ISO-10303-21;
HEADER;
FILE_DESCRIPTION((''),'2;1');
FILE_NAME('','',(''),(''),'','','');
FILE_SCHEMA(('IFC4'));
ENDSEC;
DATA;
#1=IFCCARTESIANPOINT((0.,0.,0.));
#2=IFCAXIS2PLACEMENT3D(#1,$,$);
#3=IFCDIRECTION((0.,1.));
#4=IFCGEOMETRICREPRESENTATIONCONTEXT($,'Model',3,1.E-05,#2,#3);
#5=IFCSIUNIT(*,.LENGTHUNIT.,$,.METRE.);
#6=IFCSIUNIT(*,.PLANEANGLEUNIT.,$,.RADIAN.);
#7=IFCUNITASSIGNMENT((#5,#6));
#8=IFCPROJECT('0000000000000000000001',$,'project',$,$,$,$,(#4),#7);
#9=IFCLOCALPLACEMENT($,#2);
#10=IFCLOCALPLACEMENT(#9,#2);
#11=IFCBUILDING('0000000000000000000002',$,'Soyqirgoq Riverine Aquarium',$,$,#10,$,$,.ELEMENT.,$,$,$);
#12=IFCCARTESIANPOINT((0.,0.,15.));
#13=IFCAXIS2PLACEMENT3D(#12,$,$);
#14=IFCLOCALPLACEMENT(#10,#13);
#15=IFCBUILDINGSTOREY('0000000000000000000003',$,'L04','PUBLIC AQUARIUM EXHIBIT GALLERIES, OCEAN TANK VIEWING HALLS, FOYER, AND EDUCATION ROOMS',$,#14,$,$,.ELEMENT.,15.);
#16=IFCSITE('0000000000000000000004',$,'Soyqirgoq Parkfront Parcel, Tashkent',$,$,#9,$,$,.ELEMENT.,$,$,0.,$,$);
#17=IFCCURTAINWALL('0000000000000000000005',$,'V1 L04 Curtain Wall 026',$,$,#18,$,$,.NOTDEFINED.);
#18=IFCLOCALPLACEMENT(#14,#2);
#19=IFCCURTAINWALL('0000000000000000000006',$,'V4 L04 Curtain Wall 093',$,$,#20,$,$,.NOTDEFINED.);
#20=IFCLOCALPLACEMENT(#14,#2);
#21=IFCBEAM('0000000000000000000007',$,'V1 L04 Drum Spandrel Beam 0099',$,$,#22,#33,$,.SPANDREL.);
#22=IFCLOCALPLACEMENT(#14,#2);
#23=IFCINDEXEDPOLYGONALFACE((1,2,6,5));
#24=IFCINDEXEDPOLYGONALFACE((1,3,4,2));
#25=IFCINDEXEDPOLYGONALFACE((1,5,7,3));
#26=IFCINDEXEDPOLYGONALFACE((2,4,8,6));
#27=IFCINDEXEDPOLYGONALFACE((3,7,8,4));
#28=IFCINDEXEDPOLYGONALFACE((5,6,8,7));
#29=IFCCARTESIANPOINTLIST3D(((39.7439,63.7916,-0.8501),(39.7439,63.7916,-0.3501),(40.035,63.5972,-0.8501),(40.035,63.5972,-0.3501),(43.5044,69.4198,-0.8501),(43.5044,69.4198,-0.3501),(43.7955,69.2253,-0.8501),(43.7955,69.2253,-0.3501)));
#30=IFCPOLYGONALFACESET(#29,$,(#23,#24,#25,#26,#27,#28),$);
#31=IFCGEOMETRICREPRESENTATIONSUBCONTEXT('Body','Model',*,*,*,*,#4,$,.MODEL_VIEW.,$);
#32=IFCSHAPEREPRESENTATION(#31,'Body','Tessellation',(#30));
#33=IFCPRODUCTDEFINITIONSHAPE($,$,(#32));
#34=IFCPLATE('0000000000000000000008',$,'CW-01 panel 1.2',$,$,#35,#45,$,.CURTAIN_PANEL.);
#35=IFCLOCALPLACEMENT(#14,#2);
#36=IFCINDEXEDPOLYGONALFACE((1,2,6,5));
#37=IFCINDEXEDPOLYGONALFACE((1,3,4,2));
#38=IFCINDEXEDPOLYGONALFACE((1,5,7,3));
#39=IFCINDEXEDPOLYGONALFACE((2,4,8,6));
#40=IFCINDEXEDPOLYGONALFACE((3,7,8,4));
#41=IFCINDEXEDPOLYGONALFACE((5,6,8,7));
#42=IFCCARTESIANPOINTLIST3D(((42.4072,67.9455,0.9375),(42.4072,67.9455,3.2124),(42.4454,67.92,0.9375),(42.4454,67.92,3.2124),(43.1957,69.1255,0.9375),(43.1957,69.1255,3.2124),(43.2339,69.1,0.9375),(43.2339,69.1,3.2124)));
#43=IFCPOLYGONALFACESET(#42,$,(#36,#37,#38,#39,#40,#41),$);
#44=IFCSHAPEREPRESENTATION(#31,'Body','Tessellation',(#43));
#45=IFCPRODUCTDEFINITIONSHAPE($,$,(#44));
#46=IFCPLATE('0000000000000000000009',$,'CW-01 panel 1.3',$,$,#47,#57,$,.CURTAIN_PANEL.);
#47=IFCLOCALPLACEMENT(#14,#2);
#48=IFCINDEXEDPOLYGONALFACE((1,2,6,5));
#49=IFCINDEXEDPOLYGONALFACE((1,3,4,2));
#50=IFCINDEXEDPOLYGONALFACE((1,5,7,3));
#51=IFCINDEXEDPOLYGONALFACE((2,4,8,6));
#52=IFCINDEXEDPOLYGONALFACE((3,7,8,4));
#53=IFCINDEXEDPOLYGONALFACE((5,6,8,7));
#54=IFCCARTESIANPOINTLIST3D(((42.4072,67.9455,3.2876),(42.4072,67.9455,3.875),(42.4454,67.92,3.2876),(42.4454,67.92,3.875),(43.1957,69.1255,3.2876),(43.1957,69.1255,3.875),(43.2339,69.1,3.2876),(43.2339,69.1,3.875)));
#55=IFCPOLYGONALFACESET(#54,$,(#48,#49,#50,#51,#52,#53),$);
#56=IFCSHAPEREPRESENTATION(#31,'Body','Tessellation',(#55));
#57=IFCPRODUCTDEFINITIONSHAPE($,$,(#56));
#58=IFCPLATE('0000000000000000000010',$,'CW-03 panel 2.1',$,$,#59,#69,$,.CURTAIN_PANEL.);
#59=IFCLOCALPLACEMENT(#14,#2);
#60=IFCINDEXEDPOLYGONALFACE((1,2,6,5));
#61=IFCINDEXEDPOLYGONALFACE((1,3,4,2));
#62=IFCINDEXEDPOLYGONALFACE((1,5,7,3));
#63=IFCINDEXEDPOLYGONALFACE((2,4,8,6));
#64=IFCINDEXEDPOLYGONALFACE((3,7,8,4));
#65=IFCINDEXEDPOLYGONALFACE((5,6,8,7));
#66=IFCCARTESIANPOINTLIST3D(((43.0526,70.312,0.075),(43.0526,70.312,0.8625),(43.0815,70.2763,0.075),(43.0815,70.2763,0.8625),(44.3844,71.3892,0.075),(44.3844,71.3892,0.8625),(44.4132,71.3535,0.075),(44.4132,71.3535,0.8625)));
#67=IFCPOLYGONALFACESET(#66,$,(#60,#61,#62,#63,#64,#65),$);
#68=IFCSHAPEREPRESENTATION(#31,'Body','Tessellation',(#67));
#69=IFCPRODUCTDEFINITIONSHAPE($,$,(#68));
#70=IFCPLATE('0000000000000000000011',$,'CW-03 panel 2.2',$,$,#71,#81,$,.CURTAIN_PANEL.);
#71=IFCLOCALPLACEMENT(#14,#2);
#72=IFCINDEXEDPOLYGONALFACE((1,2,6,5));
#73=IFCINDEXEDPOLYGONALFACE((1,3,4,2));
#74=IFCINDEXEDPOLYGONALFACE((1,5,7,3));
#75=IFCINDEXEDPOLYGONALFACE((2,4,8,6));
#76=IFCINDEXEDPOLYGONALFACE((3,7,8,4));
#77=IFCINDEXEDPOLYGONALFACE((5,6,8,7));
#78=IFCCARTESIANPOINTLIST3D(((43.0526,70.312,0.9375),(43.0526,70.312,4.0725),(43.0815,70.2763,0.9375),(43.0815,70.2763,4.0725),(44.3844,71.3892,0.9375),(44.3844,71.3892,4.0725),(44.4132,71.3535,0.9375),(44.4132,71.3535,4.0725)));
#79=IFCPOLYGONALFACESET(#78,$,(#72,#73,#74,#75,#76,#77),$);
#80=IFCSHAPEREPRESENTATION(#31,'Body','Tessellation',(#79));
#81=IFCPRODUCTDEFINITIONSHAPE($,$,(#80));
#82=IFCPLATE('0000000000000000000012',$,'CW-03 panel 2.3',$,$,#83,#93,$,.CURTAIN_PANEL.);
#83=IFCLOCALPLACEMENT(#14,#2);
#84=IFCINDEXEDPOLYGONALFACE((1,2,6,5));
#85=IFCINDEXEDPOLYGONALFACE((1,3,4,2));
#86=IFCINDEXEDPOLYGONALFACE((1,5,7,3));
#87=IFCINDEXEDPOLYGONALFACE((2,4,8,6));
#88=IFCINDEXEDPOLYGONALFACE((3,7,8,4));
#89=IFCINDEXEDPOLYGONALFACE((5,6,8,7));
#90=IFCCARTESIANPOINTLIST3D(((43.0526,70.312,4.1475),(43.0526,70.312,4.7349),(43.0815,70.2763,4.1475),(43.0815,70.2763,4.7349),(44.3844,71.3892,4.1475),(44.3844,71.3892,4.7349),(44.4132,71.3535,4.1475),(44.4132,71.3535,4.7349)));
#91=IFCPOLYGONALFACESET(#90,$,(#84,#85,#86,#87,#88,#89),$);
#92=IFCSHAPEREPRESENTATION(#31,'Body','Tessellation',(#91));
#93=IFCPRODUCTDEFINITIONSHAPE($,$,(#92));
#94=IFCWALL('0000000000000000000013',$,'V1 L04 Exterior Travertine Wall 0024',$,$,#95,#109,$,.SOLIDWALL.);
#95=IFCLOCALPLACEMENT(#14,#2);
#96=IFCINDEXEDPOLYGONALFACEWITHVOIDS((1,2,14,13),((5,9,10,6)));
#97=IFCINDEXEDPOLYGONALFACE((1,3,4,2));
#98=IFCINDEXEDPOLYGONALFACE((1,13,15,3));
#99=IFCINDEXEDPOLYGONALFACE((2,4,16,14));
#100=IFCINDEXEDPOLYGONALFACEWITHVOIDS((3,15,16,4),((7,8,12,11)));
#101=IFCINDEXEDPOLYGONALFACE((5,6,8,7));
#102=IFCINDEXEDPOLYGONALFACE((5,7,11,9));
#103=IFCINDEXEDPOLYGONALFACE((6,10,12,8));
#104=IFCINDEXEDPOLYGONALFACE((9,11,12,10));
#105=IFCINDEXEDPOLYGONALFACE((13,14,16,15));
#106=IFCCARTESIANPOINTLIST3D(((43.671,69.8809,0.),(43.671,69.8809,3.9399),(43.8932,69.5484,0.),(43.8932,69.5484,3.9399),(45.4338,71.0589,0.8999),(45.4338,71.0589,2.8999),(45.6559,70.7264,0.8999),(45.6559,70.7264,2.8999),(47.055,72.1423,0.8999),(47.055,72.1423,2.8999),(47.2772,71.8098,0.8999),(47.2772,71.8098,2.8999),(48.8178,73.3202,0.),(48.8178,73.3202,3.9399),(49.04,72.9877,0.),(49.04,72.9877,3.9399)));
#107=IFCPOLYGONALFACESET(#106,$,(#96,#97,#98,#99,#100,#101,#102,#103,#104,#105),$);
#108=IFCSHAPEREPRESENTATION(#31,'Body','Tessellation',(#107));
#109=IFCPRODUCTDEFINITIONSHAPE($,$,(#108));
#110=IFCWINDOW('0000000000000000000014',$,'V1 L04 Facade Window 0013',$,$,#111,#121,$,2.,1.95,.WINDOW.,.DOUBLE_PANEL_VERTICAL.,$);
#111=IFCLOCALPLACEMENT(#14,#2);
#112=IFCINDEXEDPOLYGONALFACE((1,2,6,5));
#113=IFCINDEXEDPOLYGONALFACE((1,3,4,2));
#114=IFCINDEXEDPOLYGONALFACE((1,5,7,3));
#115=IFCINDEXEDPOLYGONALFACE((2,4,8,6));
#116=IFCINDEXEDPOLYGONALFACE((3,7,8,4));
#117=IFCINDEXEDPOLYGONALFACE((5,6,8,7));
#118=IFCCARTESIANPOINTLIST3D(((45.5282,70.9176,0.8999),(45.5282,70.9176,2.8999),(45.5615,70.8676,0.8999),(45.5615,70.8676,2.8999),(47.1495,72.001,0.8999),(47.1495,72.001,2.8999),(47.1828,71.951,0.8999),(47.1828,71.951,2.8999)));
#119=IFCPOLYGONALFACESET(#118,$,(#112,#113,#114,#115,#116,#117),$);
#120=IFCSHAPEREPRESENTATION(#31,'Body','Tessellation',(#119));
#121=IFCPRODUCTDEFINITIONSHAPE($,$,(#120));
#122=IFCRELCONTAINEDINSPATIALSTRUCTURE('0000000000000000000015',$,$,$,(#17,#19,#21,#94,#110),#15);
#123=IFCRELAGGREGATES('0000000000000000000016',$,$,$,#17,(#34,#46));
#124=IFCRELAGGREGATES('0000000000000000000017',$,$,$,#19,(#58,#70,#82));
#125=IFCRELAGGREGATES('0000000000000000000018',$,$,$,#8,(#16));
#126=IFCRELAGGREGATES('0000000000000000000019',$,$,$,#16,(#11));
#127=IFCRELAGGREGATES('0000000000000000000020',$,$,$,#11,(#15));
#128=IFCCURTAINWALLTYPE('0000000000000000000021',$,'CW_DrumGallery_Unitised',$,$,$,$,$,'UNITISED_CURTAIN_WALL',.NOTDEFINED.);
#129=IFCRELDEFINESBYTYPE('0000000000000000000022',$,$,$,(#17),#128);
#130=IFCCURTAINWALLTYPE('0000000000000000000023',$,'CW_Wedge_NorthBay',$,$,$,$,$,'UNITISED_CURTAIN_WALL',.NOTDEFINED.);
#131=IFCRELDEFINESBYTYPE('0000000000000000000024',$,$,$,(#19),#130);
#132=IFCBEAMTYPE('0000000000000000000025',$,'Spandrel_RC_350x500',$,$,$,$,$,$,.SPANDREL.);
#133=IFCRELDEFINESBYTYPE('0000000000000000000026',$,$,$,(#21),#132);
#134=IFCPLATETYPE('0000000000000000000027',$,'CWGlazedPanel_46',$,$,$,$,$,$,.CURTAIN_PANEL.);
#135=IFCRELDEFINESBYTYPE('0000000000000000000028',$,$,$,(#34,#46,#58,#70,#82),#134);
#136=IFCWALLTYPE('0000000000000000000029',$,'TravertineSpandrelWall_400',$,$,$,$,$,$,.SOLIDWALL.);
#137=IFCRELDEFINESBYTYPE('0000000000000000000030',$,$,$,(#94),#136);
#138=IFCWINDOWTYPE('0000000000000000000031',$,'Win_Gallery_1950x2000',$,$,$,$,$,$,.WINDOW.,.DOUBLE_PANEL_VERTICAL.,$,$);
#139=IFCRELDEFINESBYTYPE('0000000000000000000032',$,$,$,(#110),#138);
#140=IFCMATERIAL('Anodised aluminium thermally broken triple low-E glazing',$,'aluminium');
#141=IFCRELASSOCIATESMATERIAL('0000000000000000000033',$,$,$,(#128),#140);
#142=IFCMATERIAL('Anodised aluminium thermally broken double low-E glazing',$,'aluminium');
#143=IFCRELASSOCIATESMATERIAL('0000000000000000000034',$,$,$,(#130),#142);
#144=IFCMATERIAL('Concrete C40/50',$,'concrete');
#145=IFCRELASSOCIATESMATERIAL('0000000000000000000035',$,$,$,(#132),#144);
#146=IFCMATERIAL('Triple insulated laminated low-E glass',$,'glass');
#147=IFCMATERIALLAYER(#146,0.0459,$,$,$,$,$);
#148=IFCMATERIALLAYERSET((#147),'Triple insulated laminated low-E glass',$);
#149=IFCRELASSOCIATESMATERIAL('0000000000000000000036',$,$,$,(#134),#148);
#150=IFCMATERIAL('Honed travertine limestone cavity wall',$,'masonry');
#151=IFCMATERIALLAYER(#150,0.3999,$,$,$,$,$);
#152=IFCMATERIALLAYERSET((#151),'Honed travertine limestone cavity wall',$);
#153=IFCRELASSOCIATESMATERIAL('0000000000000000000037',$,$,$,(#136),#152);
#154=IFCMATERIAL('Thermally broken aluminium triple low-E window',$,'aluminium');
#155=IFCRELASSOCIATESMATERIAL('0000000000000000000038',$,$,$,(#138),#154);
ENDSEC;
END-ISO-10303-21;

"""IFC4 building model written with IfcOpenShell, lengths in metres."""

from ifc_helpers import new_model, si_unit, direction, frame, frame_2d, origin, origin_2d, place, context, subcontext, project, spatial, rectangle, extrude, material, layer, layer_set, material_profile, profile_set, type_object, element, fill, aggregate, save


model = new_model("IFC4")

# Units and contexts
model_context = context("Model", 3, precision=1e-05, world=origin(), true_north=direction((0.0, 1.0)))
body_context = subcontext(model_context, "Body", "Model", "MODEL_VIEW")
ifc_project = project(units=[si_unit("LENGTHUNIT", "METRE"), si_unit("PLANEANGLEUNIT", "RADIAN")], contexts=[model_context])

# Site, building, storey
site_placement = place(None, origin())
site = spatial("IfcSite", under=ifc_project, at=site_placement, Name="Soyqirgoq Parkfront Parcel, Tashkent", CompositionType="ELEMENT", RefElevation=0.0)
building_placement = place(site_placement, origin())
building = spatial("IfcBuilding", under=site, at=building_placement, Name="Soyqirgoq Riverine Aquarium", CompositionType="ELEMENT")
storey_placement = place(building_placement, frame((0.0, 0.0, 15.0)))
storey = spatial("IfcBuildingStorey", under=building, at=storey_placement, Name="L04", Description="PUBLIC AQUARIUM EXHIBIT GALLERIES, OCEAN TANK VIEWING HALLS, FOYER, AND EDUCATION ROOMS", CompositionType="ELEMENT", Elevation=15.0)

# Curtain walls
ifc_material_1 = material(Name="Anodised aluminium thermally broken triple low-E glazing", Category="aluminium")
curtain_wall_type_1 = type_object("IfcCurtainWallType", Name="CW_DrumGallery_Unitised", ElementType="UNITISED_CURTAIN_WALL", PredefinedType="NOTDEFINED", material=ifc_material_1)
curtain_wall_1_placement = place(storey_placement, origin())
curtain_wall_1 = element("IfcCurtainWall", 1, at=curtain_wall_1_placement, inside=storey, type_object=curtain_wall_type_1, Name="V1 L04 Curtain Wall 026", PredefinedType="NOTDEFINED")
ifc_material_2 = material(Name="Anodised aluminium thermally broken double low-E glazing", Category="aluminium")
curtain_wall_type_2 = type_object("IfcCurtainWallType", Name="CW_Wedge_NorthBay", ElementType="UNITISED_CURTAIN_WALL", PredefinedType="NOTDEFINED", material=ifc_material_2)
curtain_wall_2_placement = place(storey_placement, origin())
curtain_wall_2 = element("IfcCurtainWall", 2, at=curtain_wall_2_placement, inside=storey, type_object=curtain_wall_type_2, Name="V4 L04 Curtain Wall 093", PredefinedType="NOTDEFINED")

# Beam
ifc_material_3 = material(Name="Concrete C40/50", Category="concrete")
ifc_material_profile_1 = material_profile(ifc_material_3, rectangle(XDim=0.3501, YDim=0.5, at=origin_2d()), Name="RC 350x500")
ifc_profile_set_1 = profile_set([ifc_material_profile_1], Name="Concrete C40/50")
beam_type = type_object("IfcBeamType", Name="Spandrel_RC_350x500", PredefinedType="SPANDREL", material=ifc_profile_set_1)
beam_placement = place(storey_placement, frame((43.6499, 69.3225, -0.6001), z_axis=(-0.555557, -0.831478, 0.0), x_axis=(0.831478, -0.555557, 0.0)))
element("IfcBeam", 3, at=beam_placement, inside=storey, type_object=beam_type, Name="V1 L04 Drum Spandrel Beam 0099", PredefinedType="SPANDREL", context=body_context, shape_type="SweptSolid", body=[
    extrude(rectangle(XDim=0.3501, YDim=0.5, at=origin_2d()), origin(), (0.0, 0.0, 1.0), 6.7688),
])

# Plates
ifc_material_4 = material(Name="Triple insulated laminated low-E glass", Category="glass")
ifc_layer_1 = layer(ifc_material_4, 0.0459)
ifc_layer_set_1 = layer_set([ifc_layer_1], Name="Triple insulated laminated low-E glass")
plate_type = type_object("IfcPlateType", Name="CWGlazedPanel_46", PredefinedType="CURTAIN_PANEL", material=ifc_layer_set_1)
plate_1_placement = place(storey_placement, frame((42.8206, 68.5227, 0.9375), z_axis=(0.0, 0.0, 1.0), x_axis=(-0.555579, -0.831464, 0.0)))
plate_1 = element("IfcPlate", 4, at=plate_1_placement, type_object=plate_type, Name="CW-01 panel 1.2", PredefinedType="CURTAIN_PANEL", context=body_context, shape_type="SweptSolid", body=[
    extrude(rectangle(XDim=1.4192, YDim=0.0459, at=origin_2d()), origin(), (0.0, 0.0, 1.0), 2.2749),
])
plate_2_placement = place(storey_placement, frame((42.8206, 68.5227, 3.2876), z_axis=(0.0, 0.0, 1.0), x_axis=(-0.555579, -0.831464, 0.0)))
plate_2 = element("IfcPlate", 5, at=plate_2_placement, type_object=plate_type, Name="CW-01 panel 1.3", PredefinedType="CURTAIN_PANEL", context=body_context, shape_type="SweptSolid", body=[
    extrude(rectangle(XDim=1.4192, YDim=0.0459, at=origin_2d()), origin(), (0.0, 0.0, 1.0), 0.5874),
])
aggregate(curtain_wall_1, [plate_1, plate_2])
plate_3_placement = place(storey_placement, frame((43.7329, 70.8328, 0.075), z_axis=(0.0, 0.0, 1.0), x_axis=(-0.777491, -0.628894, 0.0)))
plate_3 = element("IfcPlate", 6, at=plate_3_placement, type_object=plate_type, Name="CW-03 panel 2.1", PredefinedType="CURTAIN_PANEL", context=body_context, shape_type="SweptSolid", body=[
    extrude(rectangle(XDim=1.7129, YDim=0.0459, at=origin_2d()), origin(), (0.0, 0.0, 1.0), 0.7876),
])
plate_4_placement = place(storey_placement, frame((43.7329, 70.8328, 0.9375), z_axis=(0.0, 0.0, 1.0), x_axis=(-0.777491, -0.628894, 0.0)))
plate_4 = element("IfcPlate", 7, at=plate_4_placement, type_object=plate_type, Name="CW-03 panel 2.2", PredefinedType="CURTAIN_PANEL", context=body_context, shape_type="SweptSolid", body=[
    extrude(rectangle(XDim=1.7129, YDim=0.0459, at=origin_2d()), origin(), (0.0, 0.0, 1.0), 3.135),
])
plate_5_placement = place(storey_placement, frame((43.7329, 70.8328, 4.1475), z_axis=(0.0, 0.0, 1.0), x_axis=(-0.777491, -0.628894, 0.0)))
plate_5 = element("IfcPlate", 8, at=plate_5_placement, type_object=plate_type, Name="CW-03 panel 2.3", PredefinedType="CURTAIN_PANEL", context=body_context, shape_type="SweptSolid", body=[
    extrude(rectangle(XDim=1.7129, YDim=0.0459, at=origin_2d()), origin(), (0.0, 0.0, 1.0), 0.5874),
])
aggregate(curtain_wall_2, [plate_3, plate_4, plate_5])

# Wall, opening, window
ifc_material_5 = material(Name="Honed travertine limestone cavity wall", Category="masonry")
ifc_layer_2 = layer(ifc_material_5, 0.3999)
ifc_layer_set_2 = layer_set([ifc_layer_2], Name="Honed travertine limestone cavity wall")
wall_type = type_object("IfcWallType", Name="TravertineSpandrelWall_400", PredefinedType="SOLIDWALL", material=ifc_layer_set_2)
wall_placement = place(storey_placement, frame((43.782, 69.7146, 0.0), z_axis=(0.0, 0.0, 1.0), x_axis=(0.831449, 0.555601, 0.0)))
wall = element("IfcWall", 9, at=wall_placement, inside=storey, type_object=wall_type, Name="V1 L04 Exterior Travertine Wall 0024", PredefinedType="SOLIDWALL", context=body_context, shape_type="SweptSolid", body=[
    extrude(rectangle(XDim=6.1902, YDim=0.3999, at=frame_2d((3.0952, 0.0))), origin(), (0.0, 0.0, 1.0), 3.9399),
])
opening_placement = place(wall_placement, frame((2.1201, 0.0, 0.8999)))
opening = element("IfcOpeningElement", 10, at=opening_placement, cuts=wall, PredefinedType="OPENING", context=body_context, shape_type="SweptSolid", body=[
    extrude(rectangle(XDim=1.95, YDim=2.0, at=frame_2d((0.9751, 1.0))), frame((0.0, 0.21, 0.0), z_axis=(0.0, -1.0, 0.0), x_axis=(1.0, 0.0, 0.0)), (0.0, 0.0, 1.0), 0.4199),
])
ifc_material_6 = material(Name="Thermally broken aluminium triple low-E window", Category="aluminium")
window_type = type_object("IfcWindowType", Name="Win_Gallery_1950x2000", PartitioningType="DOUBLE_PANEL_VERTICAL", PredefinedType="WINDOW", material=ifc_material_6)
window_placement = place(opening_placement, origin())
window = element("IfcWindow", 11, at=window_placement, inside=storey, type_object=window_type, Name="V1 L04 Facade Window 0013", OverallHeight=2.0, OverallWidth=1.95, PartitioningType="DOUBLE_PANEL_VERTICAL", PredefinedType="WINDOW", context=body_context, shape_type="SweptSolid", body=[
    extrude(rectangle(XDim=1.95, YDim=2.0, at=frame_2d((0.9751, 1.0))), frame((0.0, 0.03, 0.0), z_axis=(0.0, -1.0, 0.0), x_axis=(1.0, 0.0, 0.0)), (0.0, 0.0, 1.0), 0.0601),
])
fill(opening, window)

save(model, "model.ifc")
